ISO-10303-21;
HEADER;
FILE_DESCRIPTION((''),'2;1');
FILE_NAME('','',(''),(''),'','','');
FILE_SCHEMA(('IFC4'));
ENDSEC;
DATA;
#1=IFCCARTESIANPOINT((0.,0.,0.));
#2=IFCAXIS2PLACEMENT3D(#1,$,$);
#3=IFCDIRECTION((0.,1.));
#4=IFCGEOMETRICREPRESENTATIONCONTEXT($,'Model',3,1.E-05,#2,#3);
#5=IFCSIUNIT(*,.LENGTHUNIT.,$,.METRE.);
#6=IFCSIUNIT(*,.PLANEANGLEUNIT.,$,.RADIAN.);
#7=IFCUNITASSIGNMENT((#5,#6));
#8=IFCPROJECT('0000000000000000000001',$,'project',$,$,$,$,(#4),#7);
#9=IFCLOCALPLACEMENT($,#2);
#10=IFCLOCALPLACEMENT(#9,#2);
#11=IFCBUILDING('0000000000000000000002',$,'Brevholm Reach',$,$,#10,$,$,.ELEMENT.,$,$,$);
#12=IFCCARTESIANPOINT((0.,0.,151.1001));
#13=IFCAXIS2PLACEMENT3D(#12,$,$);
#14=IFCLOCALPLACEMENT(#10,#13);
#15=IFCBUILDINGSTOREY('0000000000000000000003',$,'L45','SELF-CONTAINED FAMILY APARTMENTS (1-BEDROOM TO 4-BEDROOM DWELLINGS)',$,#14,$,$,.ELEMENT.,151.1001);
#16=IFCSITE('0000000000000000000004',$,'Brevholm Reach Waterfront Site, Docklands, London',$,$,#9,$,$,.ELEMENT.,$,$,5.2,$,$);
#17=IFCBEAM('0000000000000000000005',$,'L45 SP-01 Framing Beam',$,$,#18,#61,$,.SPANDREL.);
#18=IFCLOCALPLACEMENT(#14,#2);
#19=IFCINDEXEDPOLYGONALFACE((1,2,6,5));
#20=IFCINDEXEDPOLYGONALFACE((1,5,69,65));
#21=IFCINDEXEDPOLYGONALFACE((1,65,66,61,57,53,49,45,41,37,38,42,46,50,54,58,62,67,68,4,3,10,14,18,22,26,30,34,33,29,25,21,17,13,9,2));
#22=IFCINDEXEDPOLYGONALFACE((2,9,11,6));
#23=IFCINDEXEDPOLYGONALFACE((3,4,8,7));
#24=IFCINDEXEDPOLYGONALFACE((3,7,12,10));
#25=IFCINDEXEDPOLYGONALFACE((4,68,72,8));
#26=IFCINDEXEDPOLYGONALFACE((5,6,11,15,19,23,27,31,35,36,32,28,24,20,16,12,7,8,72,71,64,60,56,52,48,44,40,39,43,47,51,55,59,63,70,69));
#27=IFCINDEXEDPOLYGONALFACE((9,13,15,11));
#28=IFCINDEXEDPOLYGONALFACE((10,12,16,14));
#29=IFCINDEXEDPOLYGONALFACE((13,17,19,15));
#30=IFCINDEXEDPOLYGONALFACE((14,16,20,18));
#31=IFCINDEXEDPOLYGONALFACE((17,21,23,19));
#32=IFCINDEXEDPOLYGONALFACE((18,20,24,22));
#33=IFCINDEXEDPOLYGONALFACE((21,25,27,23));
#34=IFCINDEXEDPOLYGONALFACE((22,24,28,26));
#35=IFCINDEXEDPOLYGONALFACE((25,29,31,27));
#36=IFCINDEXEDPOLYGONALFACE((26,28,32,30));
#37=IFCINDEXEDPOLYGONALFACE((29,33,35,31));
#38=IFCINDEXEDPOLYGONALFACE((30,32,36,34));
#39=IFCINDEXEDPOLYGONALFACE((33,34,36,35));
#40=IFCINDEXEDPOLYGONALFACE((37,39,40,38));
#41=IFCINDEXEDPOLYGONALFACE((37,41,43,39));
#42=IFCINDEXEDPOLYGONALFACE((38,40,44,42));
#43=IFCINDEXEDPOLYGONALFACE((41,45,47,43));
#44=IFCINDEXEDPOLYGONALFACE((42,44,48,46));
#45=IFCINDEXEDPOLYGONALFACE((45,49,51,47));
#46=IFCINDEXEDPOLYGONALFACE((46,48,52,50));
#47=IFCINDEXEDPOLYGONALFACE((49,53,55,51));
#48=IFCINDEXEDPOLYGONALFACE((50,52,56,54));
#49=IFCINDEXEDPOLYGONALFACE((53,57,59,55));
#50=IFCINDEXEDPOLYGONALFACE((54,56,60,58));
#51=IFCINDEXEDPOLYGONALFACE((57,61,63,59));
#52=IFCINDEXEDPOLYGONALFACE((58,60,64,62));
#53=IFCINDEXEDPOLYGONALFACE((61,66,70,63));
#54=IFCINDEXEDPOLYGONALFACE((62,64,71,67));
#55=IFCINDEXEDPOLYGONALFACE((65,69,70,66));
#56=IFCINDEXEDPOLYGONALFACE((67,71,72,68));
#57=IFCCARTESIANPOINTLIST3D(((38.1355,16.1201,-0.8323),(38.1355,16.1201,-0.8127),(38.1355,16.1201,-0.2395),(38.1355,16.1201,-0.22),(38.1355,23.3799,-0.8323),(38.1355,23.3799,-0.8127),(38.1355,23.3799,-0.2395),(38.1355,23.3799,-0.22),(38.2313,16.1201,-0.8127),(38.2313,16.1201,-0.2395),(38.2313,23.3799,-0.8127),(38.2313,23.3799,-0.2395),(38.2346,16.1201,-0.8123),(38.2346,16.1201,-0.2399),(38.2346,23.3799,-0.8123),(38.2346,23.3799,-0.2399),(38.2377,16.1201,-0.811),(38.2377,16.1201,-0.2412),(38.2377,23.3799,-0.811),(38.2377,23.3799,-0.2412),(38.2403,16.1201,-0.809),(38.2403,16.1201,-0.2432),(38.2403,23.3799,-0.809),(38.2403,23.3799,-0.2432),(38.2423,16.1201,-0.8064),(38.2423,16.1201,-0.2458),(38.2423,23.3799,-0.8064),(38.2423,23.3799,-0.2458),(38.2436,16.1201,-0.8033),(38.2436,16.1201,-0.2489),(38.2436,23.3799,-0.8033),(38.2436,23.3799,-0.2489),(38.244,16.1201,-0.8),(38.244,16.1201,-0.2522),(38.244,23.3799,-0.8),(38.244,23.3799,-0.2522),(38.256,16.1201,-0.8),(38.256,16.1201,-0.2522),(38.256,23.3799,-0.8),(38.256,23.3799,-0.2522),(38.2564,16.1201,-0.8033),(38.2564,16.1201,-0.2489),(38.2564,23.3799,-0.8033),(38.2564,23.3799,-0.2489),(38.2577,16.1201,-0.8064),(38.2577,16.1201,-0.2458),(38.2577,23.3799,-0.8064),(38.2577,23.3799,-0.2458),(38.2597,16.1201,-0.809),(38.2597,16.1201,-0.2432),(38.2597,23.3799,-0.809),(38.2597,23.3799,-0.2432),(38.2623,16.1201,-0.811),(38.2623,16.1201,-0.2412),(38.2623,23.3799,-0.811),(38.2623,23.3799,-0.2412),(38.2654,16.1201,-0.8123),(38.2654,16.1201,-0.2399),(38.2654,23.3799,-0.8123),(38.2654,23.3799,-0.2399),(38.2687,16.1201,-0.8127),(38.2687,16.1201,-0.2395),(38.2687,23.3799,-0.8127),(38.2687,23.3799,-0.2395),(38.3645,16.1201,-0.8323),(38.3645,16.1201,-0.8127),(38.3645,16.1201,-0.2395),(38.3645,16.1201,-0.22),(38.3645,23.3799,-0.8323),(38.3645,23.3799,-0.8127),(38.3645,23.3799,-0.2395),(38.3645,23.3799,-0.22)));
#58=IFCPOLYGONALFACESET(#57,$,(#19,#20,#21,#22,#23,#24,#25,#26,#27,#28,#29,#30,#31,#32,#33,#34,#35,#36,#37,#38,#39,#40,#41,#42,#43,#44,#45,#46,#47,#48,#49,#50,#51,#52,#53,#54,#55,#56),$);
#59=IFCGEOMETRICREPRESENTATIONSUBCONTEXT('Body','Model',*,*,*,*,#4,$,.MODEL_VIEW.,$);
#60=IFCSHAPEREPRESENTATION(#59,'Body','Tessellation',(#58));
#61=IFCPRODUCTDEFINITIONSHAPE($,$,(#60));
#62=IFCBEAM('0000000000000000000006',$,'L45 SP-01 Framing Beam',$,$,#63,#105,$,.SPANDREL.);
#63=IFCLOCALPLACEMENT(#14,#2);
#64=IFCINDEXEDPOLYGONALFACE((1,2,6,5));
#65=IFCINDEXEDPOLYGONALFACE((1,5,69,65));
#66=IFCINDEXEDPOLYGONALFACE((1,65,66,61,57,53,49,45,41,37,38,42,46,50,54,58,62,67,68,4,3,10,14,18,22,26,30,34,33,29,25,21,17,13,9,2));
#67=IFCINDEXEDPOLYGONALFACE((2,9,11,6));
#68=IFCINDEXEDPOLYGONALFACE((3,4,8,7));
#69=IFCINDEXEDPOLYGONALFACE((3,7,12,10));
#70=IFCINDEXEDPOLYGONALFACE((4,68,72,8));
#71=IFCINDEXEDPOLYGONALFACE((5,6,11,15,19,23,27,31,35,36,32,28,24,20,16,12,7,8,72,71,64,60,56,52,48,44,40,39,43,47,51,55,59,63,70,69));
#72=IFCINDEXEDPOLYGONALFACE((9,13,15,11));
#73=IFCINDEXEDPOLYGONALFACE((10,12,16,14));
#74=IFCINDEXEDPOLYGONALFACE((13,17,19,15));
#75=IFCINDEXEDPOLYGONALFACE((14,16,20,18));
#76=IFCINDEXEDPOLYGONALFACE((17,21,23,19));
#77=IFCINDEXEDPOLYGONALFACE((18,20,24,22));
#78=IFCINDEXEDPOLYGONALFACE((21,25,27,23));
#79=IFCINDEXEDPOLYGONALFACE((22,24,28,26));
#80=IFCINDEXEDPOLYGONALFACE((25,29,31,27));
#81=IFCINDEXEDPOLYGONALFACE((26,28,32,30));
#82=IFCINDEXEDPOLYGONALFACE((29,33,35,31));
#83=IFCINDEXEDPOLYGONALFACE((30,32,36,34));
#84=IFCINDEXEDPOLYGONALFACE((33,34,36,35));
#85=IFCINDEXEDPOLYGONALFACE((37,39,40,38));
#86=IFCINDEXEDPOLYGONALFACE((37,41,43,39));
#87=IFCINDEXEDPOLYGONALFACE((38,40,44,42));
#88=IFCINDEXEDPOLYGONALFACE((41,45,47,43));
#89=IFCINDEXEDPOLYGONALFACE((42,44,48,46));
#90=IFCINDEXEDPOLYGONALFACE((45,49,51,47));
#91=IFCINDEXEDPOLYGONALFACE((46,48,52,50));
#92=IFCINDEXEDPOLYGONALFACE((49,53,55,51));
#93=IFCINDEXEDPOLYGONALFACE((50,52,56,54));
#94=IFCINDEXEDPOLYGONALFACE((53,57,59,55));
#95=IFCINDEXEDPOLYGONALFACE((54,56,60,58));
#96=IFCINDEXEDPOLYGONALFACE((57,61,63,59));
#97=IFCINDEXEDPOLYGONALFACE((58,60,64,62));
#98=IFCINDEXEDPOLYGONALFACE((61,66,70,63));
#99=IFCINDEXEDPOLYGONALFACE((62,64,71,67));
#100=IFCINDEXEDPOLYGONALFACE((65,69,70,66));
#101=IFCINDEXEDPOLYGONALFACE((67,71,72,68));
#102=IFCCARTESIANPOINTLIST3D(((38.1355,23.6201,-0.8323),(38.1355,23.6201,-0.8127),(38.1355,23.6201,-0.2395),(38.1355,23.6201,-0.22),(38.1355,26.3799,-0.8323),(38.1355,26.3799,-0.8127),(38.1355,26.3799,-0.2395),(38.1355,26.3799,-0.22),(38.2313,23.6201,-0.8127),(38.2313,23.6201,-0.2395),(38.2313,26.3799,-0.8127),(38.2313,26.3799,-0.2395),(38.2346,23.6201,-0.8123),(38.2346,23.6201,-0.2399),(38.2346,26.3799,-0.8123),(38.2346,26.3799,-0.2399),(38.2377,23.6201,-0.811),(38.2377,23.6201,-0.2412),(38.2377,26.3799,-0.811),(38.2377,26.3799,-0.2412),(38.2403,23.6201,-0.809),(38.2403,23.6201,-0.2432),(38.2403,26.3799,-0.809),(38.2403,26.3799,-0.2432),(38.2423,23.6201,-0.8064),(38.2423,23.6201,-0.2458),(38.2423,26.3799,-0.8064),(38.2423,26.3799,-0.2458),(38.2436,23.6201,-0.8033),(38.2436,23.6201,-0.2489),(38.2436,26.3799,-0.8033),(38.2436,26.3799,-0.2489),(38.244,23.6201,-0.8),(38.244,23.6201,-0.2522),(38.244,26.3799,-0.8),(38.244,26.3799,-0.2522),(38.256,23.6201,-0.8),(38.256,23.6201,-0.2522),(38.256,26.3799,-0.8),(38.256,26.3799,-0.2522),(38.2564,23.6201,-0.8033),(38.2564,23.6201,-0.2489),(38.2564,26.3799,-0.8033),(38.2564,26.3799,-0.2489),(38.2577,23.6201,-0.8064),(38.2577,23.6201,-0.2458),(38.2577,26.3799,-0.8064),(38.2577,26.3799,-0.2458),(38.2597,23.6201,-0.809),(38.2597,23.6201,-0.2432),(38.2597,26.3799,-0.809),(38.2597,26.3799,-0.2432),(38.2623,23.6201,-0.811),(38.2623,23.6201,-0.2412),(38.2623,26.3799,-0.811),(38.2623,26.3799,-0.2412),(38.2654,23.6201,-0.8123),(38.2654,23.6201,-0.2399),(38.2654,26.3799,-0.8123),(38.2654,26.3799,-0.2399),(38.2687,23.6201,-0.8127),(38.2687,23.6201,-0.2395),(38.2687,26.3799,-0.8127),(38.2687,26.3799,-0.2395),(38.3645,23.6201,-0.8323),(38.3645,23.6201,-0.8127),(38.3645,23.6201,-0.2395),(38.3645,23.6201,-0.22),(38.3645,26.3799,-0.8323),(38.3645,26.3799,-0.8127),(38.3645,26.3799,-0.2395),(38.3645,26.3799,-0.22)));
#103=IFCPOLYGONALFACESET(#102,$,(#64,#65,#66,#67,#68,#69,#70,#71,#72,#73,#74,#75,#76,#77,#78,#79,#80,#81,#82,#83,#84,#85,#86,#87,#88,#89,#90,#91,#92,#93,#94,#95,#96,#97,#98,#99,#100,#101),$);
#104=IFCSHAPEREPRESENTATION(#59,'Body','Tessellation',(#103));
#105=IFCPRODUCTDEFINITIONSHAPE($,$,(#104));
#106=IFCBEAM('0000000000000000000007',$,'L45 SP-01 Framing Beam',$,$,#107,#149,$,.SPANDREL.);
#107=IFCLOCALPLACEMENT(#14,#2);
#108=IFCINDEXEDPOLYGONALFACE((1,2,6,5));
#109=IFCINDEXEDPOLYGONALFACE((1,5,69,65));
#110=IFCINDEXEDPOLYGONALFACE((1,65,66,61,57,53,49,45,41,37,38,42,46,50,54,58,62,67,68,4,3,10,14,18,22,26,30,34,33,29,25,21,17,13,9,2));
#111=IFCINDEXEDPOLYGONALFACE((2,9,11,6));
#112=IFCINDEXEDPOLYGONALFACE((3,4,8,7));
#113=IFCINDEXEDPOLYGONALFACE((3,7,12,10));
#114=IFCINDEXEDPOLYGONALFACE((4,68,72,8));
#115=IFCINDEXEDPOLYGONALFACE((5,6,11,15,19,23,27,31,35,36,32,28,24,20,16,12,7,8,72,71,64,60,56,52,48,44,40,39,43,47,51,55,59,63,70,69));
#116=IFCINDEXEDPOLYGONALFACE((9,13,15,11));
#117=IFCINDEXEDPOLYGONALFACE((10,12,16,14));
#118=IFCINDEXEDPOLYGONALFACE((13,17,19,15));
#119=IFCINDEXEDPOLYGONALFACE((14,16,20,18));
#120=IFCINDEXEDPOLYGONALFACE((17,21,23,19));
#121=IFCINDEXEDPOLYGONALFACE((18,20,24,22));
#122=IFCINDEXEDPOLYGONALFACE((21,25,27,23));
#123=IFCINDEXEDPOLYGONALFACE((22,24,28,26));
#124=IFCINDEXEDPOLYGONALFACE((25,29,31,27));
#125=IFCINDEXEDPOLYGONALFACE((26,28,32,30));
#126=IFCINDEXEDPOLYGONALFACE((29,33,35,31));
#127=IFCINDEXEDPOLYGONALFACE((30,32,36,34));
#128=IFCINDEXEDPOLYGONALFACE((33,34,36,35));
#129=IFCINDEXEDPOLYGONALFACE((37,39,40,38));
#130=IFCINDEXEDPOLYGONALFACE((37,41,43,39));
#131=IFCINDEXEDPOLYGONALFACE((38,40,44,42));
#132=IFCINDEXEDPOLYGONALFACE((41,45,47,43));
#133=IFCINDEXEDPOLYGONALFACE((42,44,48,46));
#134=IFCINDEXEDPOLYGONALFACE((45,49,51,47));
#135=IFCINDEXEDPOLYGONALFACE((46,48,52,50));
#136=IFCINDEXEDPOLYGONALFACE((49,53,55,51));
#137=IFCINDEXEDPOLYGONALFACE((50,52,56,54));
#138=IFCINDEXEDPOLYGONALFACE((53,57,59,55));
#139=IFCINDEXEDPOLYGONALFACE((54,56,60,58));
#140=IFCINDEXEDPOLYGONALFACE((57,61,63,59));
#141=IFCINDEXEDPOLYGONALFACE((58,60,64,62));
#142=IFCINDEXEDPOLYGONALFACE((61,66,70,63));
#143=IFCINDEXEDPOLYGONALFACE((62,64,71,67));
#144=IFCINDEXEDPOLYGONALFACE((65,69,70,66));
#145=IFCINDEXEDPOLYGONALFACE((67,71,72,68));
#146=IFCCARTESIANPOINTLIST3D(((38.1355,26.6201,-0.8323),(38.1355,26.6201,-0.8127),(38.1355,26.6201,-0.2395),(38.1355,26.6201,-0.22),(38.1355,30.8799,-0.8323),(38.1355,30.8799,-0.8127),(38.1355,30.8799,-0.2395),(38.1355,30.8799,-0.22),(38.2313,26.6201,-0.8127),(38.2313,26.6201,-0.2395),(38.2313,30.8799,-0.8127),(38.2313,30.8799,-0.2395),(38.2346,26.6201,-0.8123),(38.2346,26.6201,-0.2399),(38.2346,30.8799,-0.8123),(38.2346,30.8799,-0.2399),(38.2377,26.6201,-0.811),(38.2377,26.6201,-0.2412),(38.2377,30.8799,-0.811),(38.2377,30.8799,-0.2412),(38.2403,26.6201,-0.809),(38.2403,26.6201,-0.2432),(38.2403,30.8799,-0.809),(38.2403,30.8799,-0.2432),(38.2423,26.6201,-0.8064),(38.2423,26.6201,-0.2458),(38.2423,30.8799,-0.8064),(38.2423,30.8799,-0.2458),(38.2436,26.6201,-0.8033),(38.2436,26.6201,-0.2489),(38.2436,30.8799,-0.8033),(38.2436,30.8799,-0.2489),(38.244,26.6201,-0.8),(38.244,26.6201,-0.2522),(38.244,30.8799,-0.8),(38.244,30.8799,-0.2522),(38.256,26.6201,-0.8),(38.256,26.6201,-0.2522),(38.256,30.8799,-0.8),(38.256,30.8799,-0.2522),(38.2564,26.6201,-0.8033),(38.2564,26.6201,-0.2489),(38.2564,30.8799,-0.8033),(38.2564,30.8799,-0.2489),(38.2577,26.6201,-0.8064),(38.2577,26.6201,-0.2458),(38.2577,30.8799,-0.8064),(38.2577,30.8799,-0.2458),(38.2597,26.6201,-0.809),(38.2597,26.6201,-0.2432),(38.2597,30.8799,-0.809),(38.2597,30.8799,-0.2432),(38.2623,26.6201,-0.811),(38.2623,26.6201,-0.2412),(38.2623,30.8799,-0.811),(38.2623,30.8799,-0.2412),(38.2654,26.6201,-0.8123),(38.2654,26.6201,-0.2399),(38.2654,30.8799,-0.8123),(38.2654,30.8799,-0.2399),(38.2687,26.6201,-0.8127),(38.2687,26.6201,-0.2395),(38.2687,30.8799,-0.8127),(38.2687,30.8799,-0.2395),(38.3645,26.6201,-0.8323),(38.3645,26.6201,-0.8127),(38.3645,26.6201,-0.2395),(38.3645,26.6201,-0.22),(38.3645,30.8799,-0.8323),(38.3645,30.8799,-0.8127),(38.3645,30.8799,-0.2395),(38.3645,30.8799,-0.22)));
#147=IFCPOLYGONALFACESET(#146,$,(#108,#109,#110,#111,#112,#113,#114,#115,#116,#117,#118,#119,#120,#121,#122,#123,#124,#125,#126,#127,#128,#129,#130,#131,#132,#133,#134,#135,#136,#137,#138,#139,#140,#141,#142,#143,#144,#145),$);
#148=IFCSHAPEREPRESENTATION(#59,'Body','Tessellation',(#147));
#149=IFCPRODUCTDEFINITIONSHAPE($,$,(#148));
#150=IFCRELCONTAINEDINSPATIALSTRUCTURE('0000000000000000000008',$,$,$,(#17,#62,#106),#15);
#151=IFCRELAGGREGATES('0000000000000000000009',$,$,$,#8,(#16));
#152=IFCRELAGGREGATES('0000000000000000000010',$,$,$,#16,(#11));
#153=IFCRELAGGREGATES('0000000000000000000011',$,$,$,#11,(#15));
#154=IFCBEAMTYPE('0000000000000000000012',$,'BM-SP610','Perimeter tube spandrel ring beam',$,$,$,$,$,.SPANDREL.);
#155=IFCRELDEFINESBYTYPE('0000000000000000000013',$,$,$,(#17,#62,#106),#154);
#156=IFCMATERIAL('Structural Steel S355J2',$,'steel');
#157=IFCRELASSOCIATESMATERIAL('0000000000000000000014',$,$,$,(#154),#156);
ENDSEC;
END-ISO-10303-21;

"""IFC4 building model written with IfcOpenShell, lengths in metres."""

from ifc_helpers import new_model, si_unit, direction, frame, origin, origin_2d, place, context, subcontext, project, spatial, i_section, extrude, material, material_profile, profile_set, type_object, element, save


model = new_model("IFC4")

# Units and contexts
model_context = context("Model", 3, precision=1e-05, world=origin(), true_north=direction((0.0, 1.0)))
body_context = subcontext(model_context, "Body", "Model", "MODEL_VIEW")
ifc_project = project(units=[si_unit("LENGTHUNIT", "METRE"), si_unit("PLANEANGLEUNIT", "RADIAN")], contexts=[model_context])

# Site, building, storey
site_placement = place(None, origin())
site = spatial("IfcSite", under=ifc_project, at=site_placement, Name="Brevholm Reach Waterfront Site, Docklands, London", CompositionType="ELEMENT", RefElevation=5.2)
building_placement = place(site_placement, origin())
building = spatial("IfcBuilding", under=site, at=building_placement, Name="Brevholm Reach", CompositionType="ELEMENT")
storey_placement = place(building_placement, frame((0.0, 0.0, 151.1001)))
storey = spatial("IfcBuildingStorey", under=building, at=storey_placement, Name="L45", Description="SELF-CONTAINED FAMILY APARTMENTS (1-BEDROOM TO 4-BEDROOM DWELLINGS)", CompositionType="ELEMENT", Elevation=151.1001)

# Beams
ifc_material_1 = material(Name="Structural Steel S355J2", Category="steel")
ifc_material_profile_1 = material_profile(ifc_material_1, i_section(OverallWidth=0.229, OverallDepth=0.6123, WebThickness=0.012, FlangeThickness=0.0195, FilletRadius=0.0127, at=origin_2d()), Name="UKB 610x229x125")
ifc_profile_set_1 = profile_set([ifc_material_profile_1], Name="Structural Steel S355J2")
beam_type_1 = type_object("IfcBeamType", Name="BM-SP610", Description="Perimeter tube spandrel ring beam", PredefinedType="SPANDREL", material=ifc_profile_set_1)
beam_1_placement = place(storey_placement, frame((38.25, 16.1201, -0.5261), z_axis=(0.0, 1.0, 0.0), x_axis=(-1.0, 0.0, 0.0)))
element("IfcBeam", 1, at=beam_1_placement, inside=storey, type_object=beam_type_1, Name="L45 SP-01 Framing Beam", PredefinedType="SPANDREL", context=body_context, shape_type="SweptSolid", body=[
    extrude(i_section(OverallWidth=0.229, OverallDepth=0.6123, WebThickness=0.012, FlangeThickness=0.0195, FilletRadius=0.0127, at=origin_2d()), origin(), (0.0, 0.0, 1.0), 7.2598),
])
beam_2_placement = place(storey_placement, frame((38.25, 23.6201, -0.5261), z_axis=(0.0, 1.0, 0.0), x_axis=(-1.0, 0.0, 0.0)))
element("IfcBeam", 2, at=beam_2_placement, inside=storey, type_object=beam_type_1, Name="L45 SP-01 Framing Beam", PredefinedType="SPANDREL", context=body_context, shape_type="SweptSolid", body=[
    extrude(i_section(OverallWidth=0.229, OverallDepth=0.6123, WebThickness=0.012, FlangeThickness=0.0195, FilletRadius=0.0127, at=origin_2d()), origin(), (0.0, 0.0, 1.0), 2.7598),
])
beam_3_placement = place(storey_placement, frame((38.25, 26.6201, -0.5261), z_axis=(0.0, 1.0, 0.0), x_axis=(-1.0, 0.0, 0.0)))
element("IfcBeam", 3, at=beam_3_placement, inside=storey, type_object=beam_type_1, Name="L45 SP-01 Framing Beam", PredefinedType="SPANDREL", context=body_context, shape_type="SweptSolid", body=[
    extrude(i_section(OverallWidth=0.229, OverallDepth=0.6123, WebThickness=0.012, FlangeThickness=0.0195, FilletRadius=0.0127, at=origin_2d()), origin(), (0.0, 0.0, 1.0), 4.2598),
])

save(model, "model.ifc")
